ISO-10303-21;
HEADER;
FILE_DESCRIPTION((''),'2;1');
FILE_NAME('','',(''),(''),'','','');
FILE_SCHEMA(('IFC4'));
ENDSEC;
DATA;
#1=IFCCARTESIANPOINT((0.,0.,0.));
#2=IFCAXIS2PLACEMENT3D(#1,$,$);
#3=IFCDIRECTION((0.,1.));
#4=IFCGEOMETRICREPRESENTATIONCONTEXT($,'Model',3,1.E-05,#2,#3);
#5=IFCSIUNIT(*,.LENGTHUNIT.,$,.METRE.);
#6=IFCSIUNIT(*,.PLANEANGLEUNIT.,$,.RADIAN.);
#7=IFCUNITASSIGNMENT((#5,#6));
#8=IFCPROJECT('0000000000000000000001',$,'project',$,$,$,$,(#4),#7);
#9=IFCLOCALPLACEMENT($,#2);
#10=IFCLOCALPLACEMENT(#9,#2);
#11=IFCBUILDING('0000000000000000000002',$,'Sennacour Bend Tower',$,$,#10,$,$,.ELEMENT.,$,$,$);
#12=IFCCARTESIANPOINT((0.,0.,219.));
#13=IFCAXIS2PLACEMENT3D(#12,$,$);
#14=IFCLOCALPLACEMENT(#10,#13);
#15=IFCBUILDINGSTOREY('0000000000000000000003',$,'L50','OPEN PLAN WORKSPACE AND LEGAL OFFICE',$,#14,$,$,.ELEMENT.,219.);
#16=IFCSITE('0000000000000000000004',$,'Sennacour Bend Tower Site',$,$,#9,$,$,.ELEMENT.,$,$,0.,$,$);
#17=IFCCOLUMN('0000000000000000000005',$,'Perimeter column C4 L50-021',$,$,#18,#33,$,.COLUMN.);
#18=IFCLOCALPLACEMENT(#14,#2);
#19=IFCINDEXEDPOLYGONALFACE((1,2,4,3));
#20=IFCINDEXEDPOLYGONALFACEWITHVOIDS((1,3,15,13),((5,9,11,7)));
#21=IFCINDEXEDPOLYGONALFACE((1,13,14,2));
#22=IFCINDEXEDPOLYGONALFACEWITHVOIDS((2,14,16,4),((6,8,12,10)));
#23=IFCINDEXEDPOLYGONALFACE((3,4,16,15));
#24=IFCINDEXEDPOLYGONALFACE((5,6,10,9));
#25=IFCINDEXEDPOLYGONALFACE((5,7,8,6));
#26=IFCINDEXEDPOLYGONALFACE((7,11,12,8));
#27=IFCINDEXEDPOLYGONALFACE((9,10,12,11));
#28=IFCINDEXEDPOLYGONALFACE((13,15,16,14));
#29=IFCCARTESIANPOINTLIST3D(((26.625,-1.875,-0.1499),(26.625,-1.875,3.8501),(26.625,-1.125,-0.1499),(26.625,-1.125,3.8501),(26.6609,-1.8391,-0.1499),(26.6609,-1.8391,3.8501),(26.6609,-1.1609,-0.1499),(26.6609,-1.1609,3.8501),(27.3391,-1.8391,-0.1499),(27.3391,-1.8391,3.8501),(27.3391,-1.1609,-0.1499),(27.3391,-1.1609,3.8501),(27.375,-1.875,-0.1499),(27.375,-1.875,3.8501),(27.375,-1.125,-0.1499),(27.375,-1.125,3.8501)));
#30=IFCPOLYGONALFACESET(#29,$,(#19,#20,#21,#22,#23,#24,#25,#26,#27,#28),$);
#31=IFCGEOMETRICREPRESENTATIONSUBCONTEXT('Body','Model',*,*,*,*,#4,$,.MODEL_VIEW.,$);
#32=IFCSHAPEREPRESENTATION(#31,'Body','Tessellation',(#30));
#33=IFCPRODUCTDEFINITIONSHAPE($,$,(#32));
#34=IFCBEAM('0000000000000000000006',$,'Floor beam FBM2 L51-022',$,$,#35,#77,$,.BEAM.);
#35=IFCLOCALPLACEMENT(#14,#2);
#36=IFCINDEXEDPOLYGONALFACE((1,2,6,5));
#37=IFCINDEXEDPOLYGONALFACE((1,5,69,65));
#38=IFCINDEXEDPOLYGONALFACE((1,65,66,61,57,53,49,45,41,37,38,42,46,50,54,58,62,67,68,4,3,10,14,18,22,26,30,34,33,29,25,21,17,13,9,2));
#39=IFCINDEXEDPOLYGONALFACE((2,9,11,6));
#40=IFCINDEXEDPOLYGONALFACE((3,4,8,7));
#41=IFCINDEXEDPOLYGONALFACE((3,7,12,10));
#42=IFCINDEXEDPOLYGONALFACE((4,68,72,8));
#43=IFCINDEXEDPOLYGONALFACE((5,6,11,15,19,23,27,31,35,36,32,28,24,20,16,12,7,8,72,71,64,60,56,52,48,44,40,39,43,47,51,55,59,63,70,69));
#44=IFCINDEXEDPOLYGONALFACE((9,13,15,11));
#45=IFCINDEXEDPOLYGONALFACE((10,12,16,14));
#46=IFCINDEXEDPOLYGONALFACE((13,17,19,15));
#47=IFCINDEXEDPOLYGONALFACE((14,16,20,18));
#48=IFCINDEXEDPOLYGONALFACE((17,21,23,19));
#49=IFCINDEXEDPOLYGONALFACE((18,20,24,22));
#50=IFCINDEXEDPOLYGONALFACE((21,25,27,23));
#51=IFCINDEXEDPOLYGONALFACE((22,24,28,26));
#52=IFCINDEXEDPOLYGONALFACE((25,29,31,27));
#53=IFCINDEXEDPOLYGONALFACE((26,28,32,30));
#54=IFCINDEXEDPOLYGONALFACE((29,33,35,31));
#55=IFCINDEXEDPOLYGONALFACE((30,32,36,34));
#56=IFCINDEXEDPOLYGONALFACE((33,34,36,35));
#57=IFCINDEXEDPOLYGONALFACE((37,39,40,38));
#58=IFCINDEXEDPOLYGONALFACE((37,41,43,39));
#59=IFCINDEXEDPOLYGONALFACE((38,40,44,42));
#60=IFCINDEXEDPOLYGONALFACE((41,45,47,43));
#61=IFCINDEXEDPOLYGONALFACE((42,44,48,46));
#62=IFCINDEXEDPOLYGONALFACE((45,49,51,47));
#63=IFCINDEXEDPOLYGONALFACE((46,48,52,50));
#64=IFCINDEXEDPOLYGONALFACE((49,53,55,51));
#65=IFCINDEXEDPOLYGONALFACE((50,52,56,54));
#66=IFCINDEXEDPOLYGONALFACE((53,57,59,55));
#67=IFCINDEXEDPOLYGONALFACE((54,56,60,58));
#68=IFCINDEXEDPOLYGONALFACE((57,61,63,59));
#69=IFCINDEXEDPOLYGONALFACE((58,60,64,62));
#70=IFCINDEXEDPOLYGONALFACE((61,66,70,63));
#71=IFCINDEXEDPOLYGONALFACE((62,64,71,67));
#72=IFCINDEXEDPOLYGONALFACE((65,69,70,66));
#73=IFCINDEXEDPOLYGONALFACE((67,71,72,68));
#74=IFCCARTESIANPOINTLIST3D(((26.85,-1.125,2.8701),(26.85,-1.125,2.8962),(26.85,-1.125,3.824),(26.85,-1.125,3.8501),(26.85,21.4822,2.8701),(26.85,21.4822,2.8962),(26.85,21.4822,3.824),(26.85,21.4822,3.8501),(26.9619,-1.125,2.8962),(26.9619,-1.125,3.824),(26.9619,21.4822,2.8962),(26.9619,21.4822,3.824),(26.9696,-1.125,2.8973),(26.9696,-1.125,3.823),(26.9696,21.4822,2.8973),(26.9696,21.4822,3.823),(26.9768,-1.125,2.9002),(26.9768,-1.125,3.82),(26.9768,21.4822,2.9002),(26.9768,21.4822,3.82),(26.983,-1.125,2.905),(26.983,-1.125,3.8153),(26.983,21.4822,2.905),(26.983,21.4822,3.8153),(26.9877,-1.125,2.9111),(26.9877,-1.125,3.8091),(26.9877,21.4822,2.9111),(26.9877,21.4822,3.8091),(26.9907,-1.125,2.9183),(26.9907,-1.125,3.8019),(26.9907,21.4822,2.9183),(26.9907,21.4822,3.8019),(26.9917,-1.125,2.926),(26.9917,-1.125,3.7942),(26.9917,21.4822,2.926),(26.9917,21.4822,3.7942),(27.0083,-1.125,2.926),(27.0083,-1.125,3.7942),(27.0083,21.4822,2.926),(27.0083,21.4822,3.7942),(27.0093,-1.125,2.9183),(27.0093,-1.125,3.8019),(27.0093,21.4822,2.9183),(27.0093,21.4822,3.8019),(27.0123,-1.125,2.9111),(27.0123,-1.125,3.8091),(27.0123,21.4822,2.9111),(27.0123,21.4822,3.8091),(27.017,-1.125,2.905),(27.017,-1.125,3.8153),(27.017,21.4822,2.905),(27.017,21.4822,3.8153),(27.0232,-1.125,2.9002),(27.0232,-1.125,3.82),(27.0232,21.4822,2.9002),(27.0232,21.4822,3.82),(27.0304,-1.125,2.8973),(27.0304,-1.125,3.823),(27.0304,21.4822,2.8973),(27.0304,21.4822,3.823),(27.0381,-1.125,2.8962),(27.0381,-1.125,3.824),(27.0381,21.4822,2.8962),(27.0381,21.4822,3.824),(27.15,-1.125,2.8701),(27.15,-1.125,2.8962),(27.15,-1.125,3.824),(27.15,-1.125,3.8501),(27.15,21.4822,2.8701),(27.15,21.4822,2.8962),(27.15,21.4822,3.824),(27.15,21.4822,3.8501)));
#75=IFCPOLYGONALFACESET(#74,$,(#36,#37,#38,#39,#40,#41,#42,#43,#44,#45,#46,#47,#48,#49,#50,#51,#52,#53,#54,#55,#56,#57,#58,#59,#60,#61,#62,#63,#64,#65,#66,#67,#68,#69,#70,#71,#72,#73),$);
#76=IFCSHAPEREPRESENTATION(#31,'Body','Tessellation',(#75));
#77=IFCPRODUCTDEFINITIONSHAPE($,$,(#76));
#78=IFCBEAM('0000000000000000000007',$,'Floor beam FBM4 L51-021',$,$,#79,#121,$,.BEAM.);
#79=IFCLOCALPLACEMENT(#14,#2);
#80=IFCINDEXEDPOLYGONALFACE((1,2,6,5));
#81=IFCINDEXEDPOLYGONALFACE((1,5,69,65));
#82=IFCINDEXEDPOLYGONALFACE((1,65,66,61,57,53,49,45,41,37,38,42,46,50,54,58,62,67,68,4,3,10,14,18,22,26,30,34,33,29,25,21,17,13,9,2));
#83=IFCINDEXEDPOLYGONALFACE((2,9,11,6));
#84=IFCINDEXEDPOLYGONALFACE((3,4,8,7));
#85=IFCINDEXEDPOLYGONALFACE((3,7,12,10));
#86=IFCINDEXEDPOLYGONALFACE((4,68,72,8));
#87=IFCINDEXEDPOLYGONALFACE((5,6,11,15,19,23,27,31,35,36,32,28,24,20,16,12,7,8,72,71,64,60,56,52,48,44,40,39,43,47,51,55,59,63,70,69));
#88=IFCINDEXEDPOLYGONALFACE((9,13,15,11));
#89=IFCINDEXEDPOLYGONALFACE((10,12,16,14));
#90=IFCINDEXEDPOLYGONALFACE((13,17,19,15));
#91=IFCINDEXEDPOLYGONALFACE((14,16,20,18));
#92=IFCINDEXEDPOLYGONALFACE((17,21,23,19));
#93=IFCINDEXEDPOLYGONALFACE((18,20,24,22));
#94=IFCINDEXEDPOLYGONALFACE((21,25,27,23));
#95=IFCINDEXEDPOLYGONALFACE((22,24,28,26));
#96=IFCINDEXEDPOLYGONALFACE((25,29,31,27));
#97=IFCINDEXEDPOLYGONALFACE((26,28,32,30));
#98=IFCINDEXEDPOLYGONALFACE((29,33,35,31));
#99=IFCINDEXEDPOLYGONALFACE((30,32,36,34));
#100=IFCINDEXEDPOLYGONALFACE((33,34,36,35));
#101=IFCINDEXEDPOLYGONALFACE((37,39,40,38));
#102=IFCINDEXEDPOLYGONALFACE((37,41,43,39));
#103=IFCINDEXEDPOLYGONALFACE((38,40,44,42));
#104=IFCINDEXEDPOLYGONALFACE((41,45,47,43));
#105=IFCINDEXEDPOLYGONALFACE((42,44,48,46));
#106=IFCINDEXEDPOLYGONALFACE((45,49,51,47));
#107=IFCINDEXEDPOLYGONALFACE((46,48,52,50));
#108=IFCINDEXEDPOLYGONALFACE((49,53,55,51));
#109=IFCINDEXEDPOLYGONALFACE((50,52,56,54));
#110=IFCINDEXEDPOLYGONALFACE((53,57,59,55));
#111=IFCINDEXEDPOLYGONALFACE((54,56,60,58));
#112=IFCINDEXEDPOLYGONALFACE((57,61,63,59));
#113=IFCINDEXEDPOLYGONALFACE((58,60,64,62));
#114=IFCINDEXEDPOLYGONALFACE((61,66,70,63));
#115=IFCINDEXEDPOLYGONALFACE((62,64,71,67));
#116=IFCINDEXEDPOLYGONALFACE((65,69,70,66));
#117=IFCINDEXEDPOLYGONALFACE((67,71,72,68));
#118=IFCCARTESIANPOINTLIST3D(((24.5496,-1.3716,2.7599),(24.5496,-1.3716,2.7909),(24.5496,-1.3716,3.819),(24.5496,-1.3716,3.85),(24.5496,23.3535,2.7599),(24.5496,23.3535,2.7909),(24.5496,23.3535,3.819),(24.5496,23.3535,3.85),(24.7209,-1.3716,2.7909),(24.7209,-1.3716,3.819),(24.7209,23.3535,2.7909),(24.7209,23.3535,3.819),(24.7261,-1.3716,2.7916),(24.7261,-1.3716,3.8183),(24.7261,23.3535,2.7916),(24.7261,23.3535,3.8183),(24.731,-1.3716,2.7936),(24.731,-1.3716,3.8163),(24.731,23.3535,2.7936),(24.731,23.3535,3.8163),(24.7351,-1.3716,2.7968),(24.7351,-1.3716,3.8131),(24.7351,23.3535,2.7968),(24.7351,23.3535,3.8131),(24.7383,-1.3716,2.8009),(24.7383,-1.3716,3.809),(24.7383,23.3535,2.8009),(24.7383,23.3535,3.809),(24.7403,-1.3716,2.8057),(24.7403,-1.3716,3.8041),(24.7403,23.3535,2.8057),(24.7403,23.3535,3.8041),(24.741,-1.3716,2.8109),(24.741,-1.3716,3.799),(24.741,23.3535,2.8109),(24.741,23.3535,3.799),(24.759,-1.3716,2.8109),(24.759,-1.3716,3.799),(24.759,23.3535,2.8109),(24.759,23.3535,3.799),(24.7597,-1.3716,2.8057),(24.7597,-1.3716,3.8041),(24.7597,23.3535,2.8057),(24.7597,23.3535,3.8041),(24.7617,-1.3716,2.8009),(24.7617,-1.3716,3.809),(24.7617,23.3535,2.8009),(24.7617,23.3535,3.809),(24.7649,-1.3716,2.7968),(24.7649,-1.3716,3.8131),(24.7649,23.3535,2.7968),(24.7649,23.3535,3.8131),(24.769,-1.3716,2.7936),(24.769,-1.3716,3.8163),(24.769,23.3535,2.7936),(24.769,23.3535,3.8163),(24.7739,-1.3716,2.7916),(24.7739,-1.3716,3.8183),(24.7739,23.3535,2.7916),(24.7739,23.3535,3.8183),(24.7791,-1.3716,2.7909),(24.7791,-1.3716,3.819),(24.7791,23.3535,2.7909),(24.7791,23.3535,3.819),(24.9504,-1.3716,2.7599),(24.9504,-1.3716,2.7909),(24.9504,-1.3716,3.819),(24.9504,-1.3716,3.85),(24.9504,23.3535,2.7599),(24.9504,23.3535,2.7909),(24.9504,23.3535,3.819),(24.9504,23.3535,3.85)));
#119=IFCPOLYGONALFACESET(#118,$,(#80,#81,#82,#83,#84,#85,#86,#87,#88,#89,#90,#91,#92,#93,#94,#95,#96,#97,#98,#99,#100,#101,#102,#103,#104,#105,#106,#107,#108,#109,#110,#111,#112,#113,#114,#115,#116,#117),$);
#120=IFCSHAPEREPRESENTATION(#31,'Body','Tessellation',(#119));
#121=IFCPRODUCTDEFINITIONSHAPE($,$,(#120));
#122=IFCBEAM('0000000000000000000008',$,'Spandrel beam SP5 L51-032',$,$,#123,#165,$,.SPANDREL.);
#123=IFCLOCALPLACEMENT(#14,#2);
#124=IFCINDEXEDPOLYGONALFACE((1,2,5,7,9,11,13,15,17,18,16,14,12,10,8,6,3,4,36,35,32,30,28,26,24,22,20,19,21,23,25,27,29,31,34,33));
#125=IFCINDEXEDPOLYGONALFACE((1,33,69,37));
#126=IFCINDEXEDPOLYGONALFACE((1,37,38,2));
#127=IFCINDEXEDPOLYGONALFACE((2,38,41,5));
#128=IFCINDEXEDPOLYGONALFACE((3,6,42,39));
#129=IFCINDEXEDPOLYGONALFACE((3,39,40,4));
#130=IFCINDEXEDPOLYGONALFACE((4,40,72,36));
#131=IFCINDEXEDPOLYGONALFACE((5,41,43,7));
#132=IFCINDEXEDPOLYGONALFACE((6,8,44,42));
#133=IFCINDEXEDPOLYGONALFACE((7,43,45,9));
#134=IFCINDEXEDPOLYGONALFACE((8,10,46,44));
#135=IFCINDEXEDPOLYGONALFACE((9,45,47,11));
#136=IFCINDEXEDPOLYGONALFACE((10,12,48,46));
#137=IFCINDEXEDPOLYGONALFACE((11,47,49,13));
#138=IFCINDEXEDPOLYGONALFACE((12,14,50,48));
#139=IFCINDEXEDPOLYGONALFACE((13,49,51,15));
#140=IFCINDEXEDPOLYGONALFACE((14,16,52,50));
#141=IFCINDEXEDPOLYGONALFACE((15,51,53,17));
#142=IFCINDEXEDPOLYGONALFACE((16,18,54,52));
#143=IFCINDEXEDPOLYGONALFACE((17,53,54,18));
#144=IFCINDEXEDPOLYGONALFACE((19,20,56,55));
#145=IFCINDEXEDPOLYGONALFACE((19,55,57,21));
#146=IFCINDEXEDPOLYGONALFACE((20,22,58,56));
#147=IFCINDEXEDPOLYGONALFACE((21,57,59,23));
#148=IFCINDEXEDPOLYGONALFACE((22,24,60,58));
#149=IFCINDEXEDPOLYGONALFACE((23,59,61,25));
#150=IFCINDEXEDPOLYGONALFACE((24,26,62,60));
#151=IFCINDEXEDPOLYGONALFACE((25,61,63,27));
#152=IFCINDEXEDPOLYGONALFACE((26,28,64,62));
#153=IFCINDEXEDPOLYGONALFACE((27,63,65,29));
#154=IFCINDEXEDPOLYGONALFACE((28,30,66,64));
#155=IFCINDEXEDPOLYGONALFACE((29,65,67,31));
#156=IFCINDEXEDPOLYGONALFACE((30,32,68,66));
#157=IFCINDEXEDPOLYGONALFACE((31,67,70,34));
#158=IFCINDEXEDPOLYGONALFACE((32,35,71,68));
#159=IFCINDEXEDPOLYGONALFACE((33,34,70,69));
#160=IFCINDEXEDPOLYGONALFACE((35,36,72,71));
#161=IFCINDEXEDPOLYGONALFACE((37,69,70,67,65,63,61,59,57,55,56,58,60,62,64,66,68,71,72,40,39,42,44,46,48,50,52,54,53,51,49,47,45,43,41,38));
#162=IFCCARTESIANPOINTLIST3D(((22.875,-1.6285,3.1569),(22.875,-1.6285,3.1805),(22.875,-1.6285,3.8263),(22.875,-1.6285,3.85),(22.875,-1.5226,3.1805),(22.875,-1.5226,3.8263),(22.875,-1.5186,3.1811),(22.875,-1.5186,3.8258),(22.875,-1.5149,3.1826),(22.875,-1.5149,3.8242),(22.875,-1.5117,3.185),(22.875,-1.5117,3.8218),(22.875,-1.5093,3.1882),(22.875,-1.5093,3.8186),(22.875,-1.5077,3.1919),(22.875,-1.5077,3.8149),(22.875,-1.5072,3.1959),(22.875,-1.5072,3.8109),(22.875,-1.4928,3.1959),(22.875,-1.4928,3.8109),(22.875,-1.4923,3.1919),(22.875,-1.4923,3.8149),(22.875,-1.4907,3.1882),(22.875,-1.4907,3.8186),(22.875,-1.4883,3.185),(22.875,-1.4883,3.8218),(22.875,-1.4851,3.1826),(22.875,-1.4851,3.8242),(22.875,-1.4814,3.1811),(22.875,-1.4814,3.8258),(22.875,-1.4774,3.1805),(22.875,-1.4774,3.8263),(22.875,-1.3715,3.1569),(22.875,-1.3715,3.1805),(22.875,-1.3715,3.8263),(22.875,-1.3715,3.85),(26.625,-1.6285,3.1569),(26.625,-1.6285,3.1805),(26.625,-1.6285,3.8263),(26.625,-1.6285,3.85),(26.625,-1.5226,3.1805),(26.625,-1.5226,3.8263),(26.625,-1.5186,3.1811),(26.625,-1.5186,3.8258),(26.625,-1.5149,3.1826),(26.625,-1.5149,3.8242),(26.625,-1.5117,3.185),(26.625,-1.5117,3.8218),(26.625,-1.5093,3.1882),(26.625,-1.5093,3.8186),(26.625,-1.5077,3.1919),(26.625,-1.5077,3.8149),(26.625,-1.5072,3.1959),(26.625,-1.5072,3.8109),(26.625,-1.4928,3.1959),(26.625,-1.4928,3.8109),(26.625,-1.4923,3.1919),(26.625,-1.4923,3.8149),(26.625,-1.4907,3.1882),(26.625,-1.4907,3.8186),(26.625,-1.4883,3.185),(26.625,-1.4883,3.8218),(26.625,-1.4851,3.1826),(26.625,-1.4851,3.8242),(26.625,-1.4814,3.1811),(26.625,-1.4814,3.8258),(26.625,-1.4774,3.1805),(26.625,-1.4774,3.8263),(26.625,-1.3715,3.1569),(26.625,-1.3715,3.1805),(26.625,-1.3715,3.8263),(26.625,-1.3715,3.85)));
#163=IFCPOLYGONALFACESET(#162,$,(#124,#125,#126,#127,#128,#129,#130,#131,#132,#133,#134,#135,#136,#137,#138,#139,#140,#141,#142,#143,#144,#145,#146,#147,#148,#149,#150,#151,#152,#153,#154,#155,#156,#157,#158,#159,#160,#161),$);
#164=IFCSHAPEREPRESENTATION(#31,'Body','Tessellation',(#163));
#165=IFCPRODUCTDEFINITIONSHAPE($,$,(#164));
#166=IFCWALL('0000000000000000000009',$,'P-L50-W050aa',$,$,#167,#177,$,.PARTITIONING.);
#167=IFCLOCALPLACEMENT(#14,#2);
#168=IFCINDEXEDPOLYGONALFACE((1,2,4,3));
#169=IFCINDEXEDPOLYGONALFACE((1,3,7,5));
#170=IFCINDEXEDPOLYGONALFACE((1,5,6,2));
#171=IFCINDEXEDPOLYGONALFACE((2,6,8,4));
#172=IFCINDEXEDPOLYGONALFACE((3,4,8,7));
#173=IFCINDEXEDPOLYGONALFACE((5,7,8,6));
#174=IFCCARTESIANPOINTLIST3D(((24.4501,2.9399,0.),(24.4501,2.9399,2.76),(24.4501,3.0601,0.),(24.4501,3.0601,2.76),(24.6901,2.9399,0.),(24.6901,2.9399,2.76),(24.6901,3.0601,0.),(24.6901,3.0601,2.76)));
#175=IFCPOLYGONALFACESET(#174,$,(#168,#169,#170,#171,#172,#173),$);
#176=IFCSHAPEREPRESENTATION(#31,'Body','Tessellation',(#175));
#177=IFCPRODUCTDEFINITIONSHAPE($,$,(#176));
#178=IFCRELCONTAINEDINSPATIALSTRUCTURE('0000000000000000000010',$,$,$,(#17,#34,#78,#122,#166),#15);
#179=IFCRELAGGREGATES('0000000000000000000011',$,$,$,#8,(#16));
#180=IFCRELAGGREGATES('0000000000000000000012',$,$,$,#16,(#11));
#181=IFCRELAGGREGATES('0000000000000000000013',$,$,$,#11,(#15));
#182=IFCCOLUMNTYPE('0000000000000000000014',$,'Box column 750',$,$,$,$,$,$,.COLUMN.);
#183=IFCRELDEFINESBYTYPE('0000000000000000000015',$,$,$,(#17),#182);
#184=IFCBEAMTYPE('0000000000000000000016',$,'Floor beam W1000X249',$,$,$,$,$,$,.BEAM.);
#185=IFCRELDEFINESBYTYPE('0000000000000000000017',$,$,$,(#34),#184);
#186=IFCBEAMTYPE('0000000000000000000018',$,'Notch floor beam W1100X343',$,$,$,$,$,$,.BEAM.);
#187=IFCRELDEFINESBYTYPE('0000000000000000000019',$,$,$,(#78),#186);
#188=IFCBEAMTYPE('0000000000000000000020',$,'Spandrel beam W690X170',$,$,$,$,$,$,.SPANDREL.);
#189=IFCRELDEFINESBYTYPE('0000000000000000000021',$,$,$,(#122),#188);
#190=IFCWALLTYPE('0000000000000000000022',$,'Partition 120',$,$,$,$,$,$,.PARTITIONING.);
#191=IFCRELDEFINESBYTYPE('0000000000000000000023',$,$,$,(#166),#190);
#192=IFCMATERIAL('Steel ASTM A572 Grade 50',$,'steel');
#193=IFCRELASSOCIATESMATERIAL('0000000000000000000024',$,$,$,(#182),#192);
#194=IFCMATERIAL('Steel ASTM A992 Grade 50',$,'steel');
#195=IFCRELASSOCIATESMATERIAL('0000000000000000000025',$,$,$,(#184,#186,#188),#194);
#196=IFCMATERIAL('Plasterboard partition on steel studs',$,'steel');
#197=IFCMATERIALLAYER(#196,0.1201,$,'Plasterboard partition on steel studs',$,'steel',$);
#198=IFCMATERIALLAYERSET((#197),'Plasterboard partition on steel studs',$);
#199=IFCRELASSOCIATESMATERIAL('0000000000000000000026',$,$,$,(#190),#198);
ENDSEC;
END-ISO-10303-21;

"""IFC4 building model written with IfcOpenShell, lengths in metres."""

from ifc_helpers import new_model, si_unit, direction, frame, frame_2d, origin, origin_2d, place, context, subcontext, project, spatial, rectangle, hollow_rectangle, i_section, extrude, material, layer, layer_set, material_profile, profile_set, type_object, element, save


model = new_model("IFC4")

# Units and contexts
model_context = context("Model", 3, precision=1e-05, world=origin(), true_north=direction((0.0, 1.0)))
body_context = subcontext(model_context, "Body", "Model", "MODEL_VIEW")
ifc_project = project(units=[si_unit("LENGTHUNIT", "METRE"), si_unit("PLANEANGLEUNIT", "RADIAN")], contexts=[model_context])

# Site, building, storey
site_placement = place(None, origin())
site = spatial("IfcSite", under=ifc_project, at=site_placement, Name="Sennacour Bend Tower Site", CompositionType="ELEMENT", RefElevation=0.0)
building_placement = place(site_placement, origin())
building = spatial("IfcBuilding", under=site, at=building_placement, Name="Sennacour Bend Tower", CompositionType="ELEMENT")
storey_placement = place(building_placement, frame((0.0, 0.0, 219.0)))
storey = spatial("IfcBuildingStorey", under=building, at=storey_placement, Name="L50", Description="OPEN PLAN WORKSPACE AND LEGAL OFFICE", CompositionType="ELEMENT", Elevation=219.0)

# Column
ifc_material_1 = material(Name="Steel ASTM A572 Grade 50", Category="steel")
ifc_material_profile_1 = material_profile(ifc_material_1, hollow_rectangle(XDim=0.75, YDim=0.75, WallThickness=0.0359, at=origin_2d()), Name="Steel ASTM A572 Grade 50", Category="steel")
ifc_profile_set_1 = profile_set([ifc_material_profile_1], Name="Steel ASTM A572 Grade 50")
column_type = type_object("IfcColumnType", Name="Box column 750", PredefinedType="COLUMN", material=ifc_profile_set_1)
column_placement = place(storey_placement, frame((27.0, -1.5, -0.1499), z_axis=(0.0, 0.0, 1.0), x_axis=(1.0, 0.0, 0.0)))
element("IfcColumn", 1, at=column_placement, inside=storey, type_object=column_type, Name="Perimeter column C4 L50-021", PredefinedType="COLUMN", context=body_context, shape_type="SweptSolid", body=[
    extrude(hollow_rectangle(XDim=0.75, YDim=0.75, WallThickness=0.0359, at=origin_2d()), origin(), (0.0, 0.0, 1.0), 4.0),
])

# Beams
ifc_material_2 = material(Name="Steel ASTM A992 Grade 50", Category="steel")
ifc_material_profile_2 = material_profile(ifc_material_2, i_section(OverallWidth=0.3, OverallDepth=0.98, WebThickness=0.0166, FlangeThickness=0.0261, FilletRadius=0.0298, at=origin_2d()), Name="Steel ASTM A992 Grade 50", Category="steel")
ifc_profile_set_2 = profile_set([ifc_material_profile_2], Name="Steel ASTM A992 Grade 50")
beam_type_1 = type_object("IfcBeamType", Name="Floor beam W1000X249", PredefinedType="BEAM", material=ifc_profile_set_2)
beam_1_placement = place(storey_placement, frame((27.0, -1.125, 3.3601), z_axis=(0.0, 1.0, 0.0), x_axis=(-1.0, 0.0, 0.0)))
element("IfcBeam", 2, at=beam_1_placement, inside=storey, type_object=beam_type_1, Name="Floor beam FBM2 L51-022", PredefinedType="BEAM", context=body_context, shape_type="SweptSolid", body=[
    extrude(i_section(OverallWidth=0.3, OverallDepth=0.98, WebThickness=0.0166, FlangeThickness=0.0261, FilletRadius=0.0298, at=origin_2d()), origin(), (0.0, 0.0, 1.0), 22.6072),
])
ifc_material_profile_3 = material_profile(ifc_material_2, i_section(OverallWidth=0.4009, OverallDepth=1.0901, WebThickness=0.0181, FlangeThickness=0.031, FilletRadius=0.02, at=origin_2d()), Name="Steel ASTM A992 Grade 50", Category="steel")
ifc_profile_set_3 = profile_set([ifc_material_profile_3], Name="Steel ASTM A992 Grade 50")
beam_type_2 = type_object("IfcBeamType", Name="Notch floor beam W1100X343", PredefinedType="BEAM", material=ifc_profile_set_3)
beam_2_placement = place(storey_placement, frame((24.75, -1.3716, 3.3049), z_axis=(0.0, 1.0, 0.0), x_axis=(-1.0, 0.0, 0.0)))
element("IfcBeam", 3, at=beam_2_placement, inside=storey, type_object=beam_type_2, Name="Floor beam FBM4 L51-021", PredefinedType="BEAM", context=body_context, shape_type="SweptSolid", body=[
    extrude(i_section(OverallWidth=0.4009, OverallDepth=1.0901, WebThickness=0.0181, FlangeThickness=0.031, FilletRadius=0.02, at=origin_2d()), origin(), (0.0, 0.0, 1.0), 24.7251),
])
ifc_material_profile_4 = material_profile(ifc_material_2, i_section(OverallWidth=0.2571, OverallDepth=0.6931, WebThickness=0.0144, FlangeThickness=0.0237, FilletRadius=0.0154, at=origin_2d()), Name="Steel ASTM A992 Grade 50", Category="steel")
ifc_profile_set_4 = profile_set([ifc_material_profile_4], Name="Steel ASTM A992 Grade 50")
beam_type_3 = type_object("IfcBeamType", Name="Spandrel beam W690X170", PredefinedType="SPANDREL", material=ifc_profile_set_4)
beam_3_placement = place(storey_placement, frame((26.625, -1.5, 3.5034), z_axis=(-1.0, 0.0, 0.0), x_axis=(0.0, -1.0, 0.0)))
element("IfcBeam", 4, at=beam_3_placement, inside=storey, type_object=beam_type_3, Name="Spandrel beam SP5 L51-032", PredefinedType="SPANDREL", context=body_context, shape_type="SweptSolid", body=[
    extrude(i_section(OverallWidth=0.2571, OverallDepth=0.6931, WebThickness=0.0144, FlangeThickness=0.0237, FilletRadius=0.0154, at=origin_2d()), origin(), (0.0, 0.0, 1.0), 3.75),
])

# Wall
ifc_material_3 = material(Name="Plasterboard partition on steel studs", Category="steel")
ifc_layer_1 = layer(ifc_material_3, 0.1201, Name="Plasterboard partition on steel studs", Category="steel")
ifc_layer_set_1 = layer_set([ifc_layer_1], Name="Plasterboard partition on steel studs")
wall_type_1 = type_object("IfcWallType", Name="Partition 120", PredefinedType="PARTITIONING", material=ifc_layer_set_1)
wall_1_placement = place(storey_placement, frame((24.45, 3.0, 0.0), z_axis=(0.0, 0.0, 1.0), x_axis=(1.0, 0.0, 0.0)))
element("IfcWall", 5, at=wall_1_placement, inside=storey, type_object=wall_type_1, Name="P-L50-W050aa", PredefinedType="PARTITIONING", context=body_context, shape_type="SweptSolid", body=[
    extrude(rectangle(XDim=0.24, YDim=0.1201, at=frame_2d((0.1201, 0.0))), origin(), (0.0, 0.0, 1.0), 2.76),
])

save(model, "model.ifc")
